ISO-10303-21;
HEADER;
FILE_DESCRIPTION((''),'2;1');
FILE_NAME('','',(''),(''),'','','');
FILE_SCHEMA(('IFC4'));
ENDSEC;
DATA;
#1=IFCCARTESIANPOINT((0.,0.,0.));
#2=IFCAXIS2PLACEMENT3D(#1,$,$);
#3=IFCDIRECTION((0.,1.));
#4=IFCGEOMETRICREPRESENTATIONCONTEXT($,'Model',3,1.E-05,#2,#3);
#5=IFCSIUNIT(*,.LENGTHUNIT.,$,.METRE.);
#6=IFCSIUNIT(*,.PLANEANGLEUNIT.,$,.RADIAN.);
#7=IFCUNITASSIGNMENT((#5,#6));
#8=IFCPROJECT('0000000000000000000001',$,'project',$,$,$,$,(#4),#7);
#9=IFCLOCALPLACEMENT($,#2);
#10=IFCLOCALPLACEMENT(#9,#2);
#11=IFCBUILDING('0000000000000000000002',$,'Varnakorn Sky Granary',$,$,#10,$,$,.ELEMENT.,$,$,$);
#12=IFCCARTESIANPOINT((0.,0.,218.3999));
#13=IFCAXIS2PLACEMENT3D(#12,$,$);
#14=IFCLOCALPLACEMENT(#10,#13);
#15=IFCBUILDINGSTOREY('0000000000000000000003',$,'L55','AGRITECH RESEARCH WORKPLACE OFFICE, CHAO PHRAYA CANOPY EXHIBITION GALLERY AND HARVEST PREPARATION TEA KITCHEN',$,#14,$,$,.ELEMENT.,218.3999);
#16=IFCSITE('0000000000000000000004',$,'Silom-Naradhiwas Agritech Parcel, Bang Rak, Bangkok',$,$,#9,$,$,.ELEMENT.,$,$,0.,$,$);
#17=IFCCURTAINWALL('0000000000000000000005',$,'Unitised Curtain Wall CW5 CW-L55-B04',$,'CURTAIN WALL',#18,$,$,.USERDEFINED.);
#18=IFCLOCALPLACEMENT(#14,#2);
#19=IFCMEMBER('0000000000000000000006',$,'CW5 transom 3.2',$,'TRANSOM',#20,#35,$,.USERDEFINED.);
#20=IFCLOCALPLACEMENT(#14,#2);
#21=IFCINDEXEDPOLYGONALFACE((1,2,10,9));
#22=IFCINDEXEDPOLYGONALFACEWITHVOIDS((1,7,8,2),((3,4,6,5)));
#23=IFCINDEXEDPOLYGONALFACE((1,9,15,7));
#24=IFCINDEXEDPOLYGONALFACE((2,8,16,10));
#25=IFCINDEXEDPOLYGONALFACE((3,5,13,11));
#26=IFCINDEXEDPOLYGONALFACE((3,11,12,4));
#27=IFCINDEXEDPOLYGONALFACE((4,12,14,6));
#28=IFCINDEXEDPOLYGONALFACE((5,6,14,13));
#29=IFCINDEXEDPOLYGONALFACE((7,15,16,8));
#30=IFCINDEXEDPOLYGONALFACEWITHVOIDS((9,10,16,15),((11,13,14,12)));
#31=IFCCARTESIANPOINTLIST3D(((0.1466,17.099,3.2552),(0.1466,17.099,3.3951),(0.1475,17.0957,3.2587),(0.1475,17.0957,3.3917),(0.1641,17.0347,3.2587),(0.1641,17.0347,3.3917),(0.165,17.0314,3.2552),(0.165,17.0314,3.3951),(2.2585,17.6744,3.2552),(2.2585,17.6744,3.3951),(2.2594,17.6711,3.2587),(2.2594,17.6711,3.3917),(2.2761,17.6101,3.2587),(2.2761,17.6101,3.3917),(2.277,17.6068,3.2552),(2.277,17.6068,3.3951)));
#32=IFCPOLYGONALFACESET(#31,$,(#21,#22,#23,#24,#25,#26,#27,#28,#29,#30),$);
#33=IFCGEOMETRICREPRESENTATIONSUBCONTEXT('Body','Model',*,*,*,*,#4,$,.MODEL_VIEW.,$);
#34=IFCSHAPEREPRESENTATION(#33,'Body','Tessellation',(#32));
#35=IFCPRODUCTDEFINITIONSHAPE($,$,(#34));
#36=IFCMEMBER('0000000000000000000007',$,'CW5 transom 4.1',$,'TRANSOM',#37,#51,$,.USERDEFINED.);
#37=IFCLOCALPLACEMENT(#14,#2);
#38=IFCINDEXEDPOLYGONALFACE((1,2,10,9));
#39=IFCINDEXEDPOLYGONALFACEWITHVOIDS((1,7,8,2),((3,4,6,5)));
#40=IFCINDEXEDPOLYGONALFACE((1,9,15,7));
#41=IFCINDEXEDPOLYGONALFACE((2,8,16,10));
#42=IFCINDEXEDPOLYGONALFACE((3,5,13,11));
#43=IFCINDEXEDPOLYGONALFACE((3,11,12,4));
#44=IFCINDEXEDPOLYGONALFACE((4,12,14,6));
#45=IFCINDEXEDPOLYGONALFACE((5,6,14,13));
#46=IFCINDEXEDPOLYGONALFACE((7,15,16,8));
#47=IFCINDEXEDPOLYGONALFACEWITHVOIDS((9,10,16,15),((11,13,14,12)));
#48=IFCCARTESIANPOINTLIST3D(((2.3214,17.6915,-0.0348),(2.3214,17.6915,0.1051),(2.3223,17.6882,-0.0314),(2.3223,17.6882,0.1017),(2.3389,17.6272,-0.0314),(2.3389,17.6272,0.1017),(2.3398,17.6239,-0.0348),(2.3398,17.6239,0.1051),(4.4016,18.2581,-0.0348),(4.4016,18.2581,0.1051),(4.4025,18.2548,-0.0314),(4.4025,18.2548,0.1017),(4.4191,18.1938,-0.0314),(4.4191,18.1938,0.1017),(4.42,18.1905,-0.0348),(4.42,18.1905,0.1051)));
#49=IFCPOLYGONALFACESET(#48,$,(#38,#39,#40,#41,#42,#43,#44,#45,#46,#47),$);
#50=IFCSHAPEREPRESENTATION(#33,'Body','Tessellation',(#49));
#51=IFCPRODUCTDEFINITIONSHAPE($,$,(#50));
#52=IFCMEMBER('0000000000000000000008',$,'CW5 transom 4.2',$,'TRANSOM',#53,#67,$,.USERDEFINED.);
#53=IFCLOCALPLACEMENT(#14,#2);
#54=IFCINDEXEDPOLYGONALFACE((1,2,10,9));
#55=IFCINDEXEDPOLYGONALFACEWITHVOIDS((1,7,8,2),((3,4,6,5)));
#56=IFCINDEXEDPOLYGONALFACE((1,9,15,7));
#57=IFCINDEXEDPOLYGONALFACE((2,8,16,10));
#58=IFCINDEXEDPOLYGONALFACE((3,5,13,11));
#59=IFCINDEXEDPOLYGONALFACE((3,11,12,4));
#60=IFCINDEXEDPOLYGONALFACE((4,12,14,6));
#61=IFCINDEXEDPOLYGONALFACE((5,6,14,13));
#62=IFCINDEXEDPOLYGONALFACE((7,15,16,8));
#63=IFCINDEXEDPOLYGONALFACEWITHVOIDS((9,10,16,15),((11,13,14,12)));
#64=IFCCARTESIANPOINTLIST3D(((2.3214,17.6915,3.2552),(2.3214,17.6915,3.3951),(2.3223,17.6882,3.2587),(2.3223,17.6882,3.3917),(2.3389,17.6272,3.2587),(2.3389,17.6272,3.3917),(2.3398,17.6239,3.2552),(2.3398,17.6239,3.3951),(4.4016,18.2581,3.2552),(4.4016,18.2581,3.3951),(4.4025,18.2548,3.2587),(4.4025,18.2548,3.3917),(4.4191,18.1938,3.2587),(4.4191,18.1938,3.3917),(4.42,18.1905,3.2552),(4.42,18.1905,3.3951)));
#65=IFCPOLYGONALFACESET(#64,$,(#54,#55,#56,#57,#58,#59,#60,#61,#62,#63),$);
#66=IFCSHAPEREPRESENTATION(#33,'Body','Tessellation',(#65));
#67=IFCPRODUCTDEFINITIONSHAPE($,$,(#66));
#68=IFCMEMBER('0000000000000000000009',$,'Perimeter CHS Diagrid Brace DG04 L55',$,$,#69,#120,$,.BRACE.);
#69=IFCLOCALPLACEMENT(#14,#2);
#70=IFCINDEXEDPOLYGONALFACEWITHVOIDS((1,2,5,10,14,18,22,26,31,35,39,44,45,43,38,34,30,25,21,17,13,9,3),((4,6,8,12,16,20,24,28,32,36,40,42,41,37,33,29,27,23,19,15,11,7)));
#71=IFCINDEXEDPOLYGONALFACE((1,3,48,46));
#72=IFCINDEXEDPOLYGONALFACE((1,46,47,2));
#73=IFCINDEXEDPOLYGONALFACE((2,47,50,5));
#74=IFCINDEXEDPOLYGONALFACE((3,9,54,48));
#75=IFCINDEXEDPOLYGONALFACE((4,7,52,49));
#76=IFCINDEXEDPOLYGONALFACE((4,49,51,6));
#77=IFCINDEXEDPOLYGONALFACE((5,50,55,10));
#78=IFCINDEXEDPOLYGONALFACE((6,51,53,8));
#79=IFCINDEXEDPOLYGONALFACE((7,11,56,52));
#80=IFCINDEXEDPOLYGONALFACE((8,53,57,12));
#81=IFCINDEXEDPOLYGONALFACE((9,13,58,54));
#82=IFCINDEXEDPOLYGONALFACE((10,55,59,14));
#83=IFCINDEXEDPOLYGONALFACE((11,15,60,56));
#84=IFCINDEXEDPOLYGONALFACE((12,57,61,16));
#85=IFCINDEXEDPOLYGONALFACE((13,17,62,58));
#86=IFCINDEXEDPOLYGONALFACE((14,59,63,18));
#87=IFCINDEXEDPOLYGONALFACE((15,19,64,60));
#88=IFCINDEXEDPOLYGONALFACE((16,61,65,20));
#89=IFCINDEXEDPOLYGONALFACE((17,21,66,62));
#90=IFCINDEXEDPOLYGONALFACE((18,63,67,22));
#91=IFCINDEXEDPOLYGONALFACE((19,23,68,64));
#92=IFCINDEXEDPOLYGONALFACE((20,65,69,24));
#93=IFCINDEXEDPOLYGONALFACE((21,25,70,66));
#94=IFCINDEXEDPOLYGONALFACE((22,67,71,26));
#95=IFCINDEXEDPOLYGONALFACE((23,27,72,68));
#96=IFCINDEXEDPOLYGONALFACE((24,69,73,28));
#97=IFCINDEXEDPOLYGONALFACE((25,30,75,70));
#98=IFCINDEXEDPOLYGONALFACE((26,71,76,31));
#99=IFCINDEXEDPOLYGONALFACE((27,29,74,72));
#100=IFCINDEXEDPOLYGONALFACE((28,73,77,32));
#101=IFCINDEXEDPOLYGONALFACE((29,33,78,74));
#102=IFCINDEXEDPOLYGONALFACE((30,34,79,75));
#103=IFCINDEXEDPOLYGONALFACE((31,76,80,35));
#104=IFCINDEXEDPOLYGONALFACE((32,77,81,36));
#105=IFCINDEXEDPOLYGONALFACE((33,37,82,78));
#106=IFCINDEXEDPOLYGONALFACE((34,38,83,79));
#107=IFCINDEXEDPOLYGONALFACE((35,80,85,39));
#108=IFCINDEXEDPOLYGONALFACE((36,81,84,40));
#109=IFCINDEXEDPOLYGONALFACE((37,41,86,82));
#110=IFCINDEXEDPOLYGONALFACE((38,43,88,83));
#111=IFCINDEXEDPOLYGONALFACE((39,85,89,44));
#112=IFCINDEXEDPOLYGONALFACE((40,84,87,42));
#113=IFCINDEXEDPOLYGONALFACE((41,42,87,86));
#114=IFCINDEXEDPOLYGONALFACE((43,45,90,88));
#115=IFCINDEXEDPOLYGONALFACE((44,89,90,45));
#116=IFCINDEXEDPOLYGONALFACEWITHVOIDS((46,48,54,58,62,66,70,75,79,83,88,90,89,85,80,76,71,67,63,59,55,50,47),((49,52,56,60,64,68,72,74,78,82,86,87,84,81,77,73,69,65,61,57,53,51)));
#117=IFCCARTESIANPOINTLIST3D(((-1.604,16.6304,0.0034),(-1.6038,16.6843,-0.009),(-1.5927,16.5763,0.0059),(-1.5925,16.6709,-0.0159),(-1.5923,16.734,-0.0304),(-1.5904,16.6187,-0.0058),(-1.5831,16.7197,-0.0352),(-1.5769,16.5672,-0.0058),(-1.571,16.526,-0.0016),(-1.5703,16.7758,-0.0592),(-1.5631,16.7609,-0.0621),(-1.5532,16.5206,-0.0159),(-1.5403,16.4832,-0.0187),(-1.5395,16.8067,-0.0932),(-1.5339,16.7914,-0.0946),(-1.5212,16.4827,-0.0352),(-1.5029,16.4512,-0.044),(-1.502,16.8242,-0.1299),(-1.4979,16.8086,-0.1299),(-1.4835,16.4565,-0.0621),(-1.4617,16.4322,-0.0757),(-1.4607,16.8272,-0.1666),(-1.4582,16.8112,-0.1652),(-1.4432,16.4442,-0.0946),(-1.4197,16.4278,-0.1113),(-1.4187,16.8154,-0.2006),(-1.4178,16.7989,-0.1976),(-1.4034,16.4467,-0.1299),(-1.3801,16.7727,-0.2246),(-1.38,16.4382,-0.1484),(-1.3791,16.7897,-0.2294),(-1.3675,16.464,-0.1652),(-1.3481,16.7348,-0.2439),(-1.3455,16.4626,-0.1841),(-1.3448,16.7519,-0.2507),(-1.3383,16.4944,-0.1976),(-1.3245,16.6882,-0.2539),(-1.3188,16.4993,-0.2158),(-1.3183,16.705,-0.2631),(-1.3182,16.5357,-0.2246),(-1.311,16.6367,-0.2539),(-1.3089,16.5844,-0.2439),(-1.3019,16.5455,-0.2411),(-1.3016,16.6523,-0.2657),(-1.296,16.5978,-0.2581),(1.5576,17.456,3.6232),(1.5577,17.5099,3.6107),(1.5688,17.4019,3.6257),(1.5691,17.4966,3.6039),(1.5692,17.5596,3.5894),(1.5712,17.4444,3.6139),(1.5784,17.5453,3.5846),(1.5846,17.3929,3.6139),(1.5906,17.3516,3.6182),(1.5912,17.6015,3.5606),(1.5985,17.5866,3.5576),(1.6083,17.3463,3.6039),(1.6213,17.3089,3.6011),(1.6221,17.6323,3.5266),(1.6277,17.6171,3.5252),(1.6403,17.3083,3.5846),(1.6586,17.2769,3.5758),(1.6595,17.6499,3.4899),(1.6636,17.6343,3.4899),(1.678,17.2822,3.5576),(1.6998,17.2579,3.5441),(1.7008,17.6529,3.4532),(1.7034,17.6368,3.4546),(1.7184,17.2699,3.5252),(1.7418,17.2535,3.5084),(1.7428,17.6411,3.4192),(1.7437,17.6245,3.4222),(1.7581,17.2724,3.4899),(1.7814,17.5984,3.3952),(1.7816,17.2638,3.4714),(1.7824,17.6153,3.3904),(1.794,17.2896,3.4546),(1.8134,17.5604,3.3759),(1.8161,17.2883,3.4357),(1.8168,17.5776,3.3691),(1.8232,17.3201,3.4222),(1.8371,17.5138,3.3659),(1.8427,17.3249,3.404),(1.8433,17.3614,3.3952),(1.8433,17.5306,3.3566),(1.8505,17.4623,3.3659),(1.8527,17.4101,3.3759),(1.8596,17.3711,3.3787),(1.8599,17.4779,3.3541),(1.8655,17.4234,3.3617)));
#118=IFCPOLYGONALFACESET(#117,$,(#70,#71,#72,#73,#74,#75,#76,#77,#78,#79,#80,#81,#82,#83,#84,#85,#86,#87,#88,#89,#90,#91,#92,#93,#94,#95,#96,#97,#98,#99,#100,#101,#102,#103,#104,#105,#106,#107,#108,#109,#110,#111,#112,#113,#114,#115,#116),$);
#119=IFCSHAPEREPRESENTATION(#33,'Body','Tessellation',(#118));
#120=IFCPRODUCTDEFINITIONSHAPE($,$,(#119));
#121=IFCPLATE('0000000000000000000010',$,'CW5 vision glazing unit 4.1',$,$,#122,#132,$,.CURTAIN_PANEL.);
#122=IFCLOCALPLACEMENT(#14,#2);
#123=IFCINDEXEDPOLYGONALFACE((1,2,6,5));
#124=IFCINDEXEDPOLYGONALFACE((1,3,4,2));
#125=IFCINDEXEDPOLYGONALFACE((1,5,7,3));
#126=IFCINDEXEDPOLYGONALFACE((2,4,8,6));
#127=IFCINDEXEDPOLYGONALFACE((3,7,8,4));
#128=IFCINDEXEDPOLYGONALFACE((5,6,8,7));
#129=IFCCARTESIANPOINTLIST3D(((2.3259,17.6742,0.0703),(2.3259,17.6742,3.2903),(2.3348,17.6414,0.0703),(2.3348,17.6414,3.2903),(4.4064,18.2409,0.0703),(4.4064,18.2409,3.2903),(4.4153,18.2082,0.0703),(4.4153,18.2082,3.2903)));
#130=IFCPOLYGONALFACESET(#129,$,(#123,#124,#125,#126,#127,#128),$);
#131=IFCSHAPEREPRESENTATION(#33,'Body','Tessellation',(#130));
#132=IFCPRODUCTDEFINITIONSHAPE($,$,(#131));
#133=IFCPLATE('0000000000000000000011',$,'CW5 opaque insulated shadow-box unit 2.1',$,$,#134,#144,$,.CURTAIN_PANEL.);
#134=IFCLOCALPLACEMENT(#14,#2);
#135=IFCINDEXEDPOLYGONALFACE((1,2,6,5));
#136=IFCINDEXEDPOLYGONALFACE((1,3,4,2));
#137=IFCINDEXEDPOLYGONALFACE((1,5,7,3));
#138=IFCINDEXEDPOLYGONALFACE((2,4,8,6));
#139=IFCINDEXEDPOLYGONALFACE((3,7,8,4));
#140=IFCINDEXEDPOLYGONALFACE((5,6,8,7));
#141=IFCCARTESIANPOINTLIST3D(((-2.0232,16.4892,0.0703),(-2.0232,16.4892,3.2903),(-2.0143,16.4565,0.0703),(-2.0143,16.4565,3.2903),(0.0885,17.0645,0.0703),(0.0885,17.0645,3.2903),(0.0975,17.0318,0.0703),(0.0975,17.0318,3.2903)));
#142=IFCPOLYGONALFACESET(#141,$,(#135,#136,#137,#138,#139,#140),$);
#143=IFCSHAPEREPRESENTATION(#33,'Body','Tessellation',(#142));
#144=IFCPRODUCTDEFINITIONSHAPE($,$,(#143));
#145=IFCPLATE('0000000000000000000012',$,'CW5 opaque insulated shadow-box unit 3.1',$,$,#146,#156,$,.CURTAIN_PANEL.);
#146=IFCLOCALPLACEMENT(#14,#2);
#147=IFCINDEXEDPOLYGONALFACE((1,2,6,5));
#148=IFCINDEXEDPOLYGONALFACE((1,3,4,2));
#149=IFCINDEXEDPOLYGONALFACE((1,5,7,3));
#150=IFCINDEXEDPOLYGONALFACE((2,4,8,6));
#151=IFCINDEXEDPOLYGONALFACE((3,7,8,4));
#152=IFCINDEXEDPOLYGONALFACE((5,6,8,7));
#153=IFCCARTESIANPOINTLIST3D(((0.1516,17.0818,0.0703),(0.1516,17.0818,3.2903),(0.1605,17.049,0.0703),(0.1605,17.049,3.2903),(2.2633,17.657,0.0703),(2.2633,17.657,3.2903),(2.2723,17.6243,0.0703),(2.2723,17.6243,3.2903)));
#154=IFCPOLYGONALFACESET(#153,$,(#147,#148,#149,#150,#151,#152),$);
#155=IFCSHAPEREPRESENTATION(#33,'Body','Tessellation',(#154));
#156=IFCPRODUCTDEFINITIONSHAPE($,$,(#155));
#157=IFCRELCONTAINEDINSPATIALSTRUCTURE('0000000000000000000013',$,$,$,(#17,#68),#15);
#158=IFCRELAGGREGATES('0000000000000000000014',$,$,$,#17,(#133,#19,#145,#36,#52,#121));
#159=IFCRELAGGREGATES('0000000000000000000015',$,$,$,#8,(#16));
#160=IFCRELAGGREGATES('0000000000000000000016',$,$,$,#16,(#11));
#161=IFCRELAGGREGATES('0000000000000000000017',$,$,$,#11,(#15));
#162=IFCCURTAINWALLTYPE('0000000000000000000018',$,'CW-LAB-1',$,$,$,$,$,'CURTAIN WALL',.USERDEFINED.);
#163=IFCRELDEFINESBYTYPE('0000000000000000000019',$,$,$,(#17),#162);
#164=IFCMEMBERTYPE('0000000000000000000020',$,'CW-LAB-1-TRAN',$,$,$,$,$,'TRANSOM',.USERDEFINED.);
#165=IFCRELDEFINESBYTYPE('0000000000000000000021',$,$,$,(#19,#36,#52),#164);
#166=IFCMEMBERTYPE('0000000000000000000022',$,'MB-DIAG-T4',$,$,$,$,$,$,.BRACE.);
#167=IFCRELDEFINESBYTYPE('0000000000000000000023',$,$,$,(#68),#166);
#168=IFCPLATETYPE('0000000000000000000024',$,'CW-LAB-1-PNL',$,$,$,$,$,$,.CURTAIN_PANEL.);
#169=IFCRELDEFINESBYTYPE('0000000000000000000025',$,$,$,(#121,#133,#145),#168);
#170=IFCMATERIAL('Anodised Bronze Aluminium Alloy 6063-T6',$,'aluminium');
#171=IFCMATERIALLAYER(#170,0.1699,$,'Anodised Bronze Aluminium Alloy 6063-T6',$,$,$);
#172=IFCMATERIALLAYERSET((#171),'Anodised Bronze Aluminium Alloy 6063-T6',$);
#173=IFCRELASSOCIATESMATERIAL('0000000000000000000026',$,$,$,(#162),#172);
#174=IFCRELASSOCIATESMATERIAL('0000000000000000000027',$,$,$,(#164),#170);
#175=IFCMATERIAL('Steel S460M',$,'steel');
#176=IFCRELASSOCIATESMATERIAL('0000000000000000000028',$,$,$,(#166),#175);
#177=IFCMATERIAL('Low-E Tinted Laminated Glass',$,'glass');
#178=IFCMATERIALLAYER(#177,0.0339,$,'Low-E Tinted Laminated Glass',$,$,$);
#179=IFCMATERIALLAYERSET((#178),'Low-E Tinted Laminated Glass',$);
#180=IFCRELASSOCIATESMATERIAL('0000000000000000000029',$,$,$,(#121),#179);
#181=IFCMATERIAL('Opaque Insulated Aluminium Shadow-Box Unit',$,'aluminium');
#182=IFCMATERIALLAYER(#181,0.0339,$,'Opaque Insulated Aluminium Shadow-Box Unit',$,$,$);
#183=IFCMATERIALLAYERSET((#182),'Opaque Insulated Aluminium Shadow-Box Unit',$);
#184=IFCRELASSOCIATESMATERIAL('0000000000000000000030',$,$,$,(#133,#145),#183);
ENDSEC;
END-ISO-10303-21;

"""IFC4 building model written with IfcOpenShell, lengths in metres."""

from ifc_helpers import new_model, si_unit, direction, frame, origin, origin_2d, place, context, subcontext, project, spatial, rectangle, hollow_rectangle, hollow_circle, extrude, source, transform, mapped, material, layer, layer_set, material_profile, profile_set, type_object, type_shapes, element, aggregate, save


model = new_model("IFC4")

# Units and contexts
model_context = context("Model", 3, precision=1e-05, world=origin(), true_north=direction((0.0, 1.0)))
body_context = subcontext(model_context, "Body", "Model", "MODEL_VIEW")
ifc_project = project(units=[si_unit("LENGTHUNIT", "METRE"), si_unit("PLANEANGLEUNIT", "RADIAN")], contexts=[model_context])

# Site, building, storey
site_placement = place(None, origin())
site = spatial("IfcSite", under=ifc_project, at=site_placement, Name="Silom-Naradhiwas Agritech Parcel, Bang Rak, Bangkok", CompositionType="ELEMENT", RefElevation=0.0)
building_placement = place(site_placement, origin())
building = spatial("IfcBuilding", under=site, at=building_placement, Name="Varnakorn Sky Granary", CompositionType="ELEMENT")
storey_placement = place(building_placement, frame((0.0, 0.0, 218.3999)))
storey = spatial("IfcBuildingStorey", under=building, at=storey_placement, Name="L55", Description="AGRITECH RESEARCH WORKPLACE OFFICE, CHAO PHRAYA CANOPY EXHIBITION GALLERY AND HARVEST PREPARATION TEA KITCHEN", CompositionType="ELEMENT", Elevation=218.3999)

# Curtain wall, members
ifc_material_1 = material(Name="Anodised Bronze Aluminium Alloy 6063-T6", Category="aluminium")
ifc_layer_1 = layer(ifc_material_1, 0.1699, Name="Anodised Bronze Aluminium Alloy 6063-T6")
ifc_layer_set_1 = layer_set([ifc_layer_1], Name="Anodised Bronze Aluminium Alloy 6063-T6")
curtain_wall_type = type_object("IfcCurtainWallType", Name="CW-LAB-1", ElementType="CURTAIN WALL", PredefinedType="USERDEFINED", material=ifc_layer_set_1)
curtain_wall_placement = place(storey_placement, origin())
curtain_wall = element("IfcCurtainWall", 1, at=curtain_wall_placement, inside=storey, type_object=curtain_wall_type, Name="Unitised Curtain Wall CW5 CW-L55-B04", ObjectType="CURTAIN WALL", PredefinedType="USERDEFINED")
ifc_material_profile_1 = material_profile(ifc_material_1, hollow_rectangle(XDim=0.0701, YDim=0.1399, WallThickness=0.0034, at=origin_2d()), Name="ALU TRAN 70x140")
ifc_profile_set_1 = profile_set([ifc_material_profile_1], Name="Anodised Bronze Aluminium Alloy 6063-T6")
member_type_1 = type_object("IfcMemberType", Name="CW-LAB-1-TRAN", ElementType="TRANSOM", PredefinedType="USERDEFINED", material=ifc_profile_set_1)
member_1_placement = place(storey_placement, frame((0.1558, 17.0652, 3.3252), z_axis=(0.964831, 0.262872, 0.0), x_axis=(-0.262872, 0.964831, 0.0)))
member_1 = element("IfcMember", 2, at=member_1_placement, type_object=member_type_1, Name="CW5 transom 3.2", ObjectType="TRANSOM", PredefinedType="USERDEFINED", context=body_context, shape_type="SweptSolid", body=[
    extrude(hollow_rectangle(XDim=0.0701, YDim=0.1399, WallThickness=0.0034, at=origin_2d()), origin(), (0.0, 0.0, 1.0), 2.189),
])
member_2_placement = place(storey_placement, frame((2.3306, 17.6577, 0.0352), z_axis=(0.964847, 0.262811, 0.0), x_axis=(-0.262811, 0.964847, 0.0)))
member_2 = element("IfcMember", 3, at=member_2_placement, type_object=member_type_1, Name="CW5 transom 4.1", ObjectType="TRANSOM", PredefinedType="USERDEFINED", context=body_context, shape_type="SweptSolid", body=[
    extrude(hollow_rectangle(XDim=0.0701, YDim=0.1399, WallThickness=0.0034, at=origin_2d()), origin(), (0.0, 0.0, 1.0), 2.156),
])
member_3_placement = place(storey_placement, frame((2.3306, 17.6577, 3.3252), z_axis=(0.964847, 0.262811, 0.0), x_axis=(-0.262811, 0.964847, 0.0)))
member_3 = element("IfcMember", 4, at=member_3_placement, type_object=member_type_1, Name="CW5 transom 4.2", ObjectType="TRANSOM", PredefinedType="USERDEFINED", context=body_context, shape_type="SweptSolid", body=[
    extrude(hollow_rectangle(XDim=0.0701, YDim=0.1399, WallThickness=0.0034, at=origin_2d()), origin(), (0.0, 0.0, 1.0), 2.156),
])

# Member
ifc_material_2 = material(Name="Steel S460M", Category="steel")
ifc_material_profile_2 = material_profile(ifc_material_2, hollow_circle(Radius=0.2031, WallThickness=0.0161, at=origin_2d()), Name="CHS 406.4x16")
ifc_profile_set_2 = profile_set([ifc_material_profile_2], Name="Steel S460M")
member_type_2 = type_object("IfcMemberType", Name="MB-DIAG-T4", PredefinedType="BRACE", material=ifc_profile_set_2)
member_4_placement = place(storey_placement, frame((-1.4507, 16.6277, -0.1299), z_axis=(0.648327, 0.169316, 0.742297), x_axis=(-0.252683, 0.967549, 0.0)))
element("IfcMember", 5, at=member_4_placement, inside=storey, type_object=member_type_2, Name="Perimeter CHS Diagrid Brace DG04 L55", PredefinedType="BRACE", context=body_context, shape_type="SweptSolid", body=[
    extrude(hollow_circle(Radius=0.2031, WallThickness=0.0161, at=origin_2d()), origin(), (0.0, 0.0, 1.0), 4.8765),
])

# Plates
ifc_material_3 = material(Name="Low-E Tinted Laminated Glass", Category="glass")
ifc_layer_2 = layer(ifc_material_3, 0.0339, Name="Low-E Tinted Laminated Glass")
ifc_layer_set_2 = layer_set([ifc_layer_2], Name="Low-E Tinted Laminated Glass")
plate_type = type_object("IfcPlateType", Name="CW-LAB-1-PNL", PredefinedType="CURTAIN_PANEL")
shared_shape_1 = source(origin(), body_context, "Body", "SweptSolid", [
    extrude(rectangle(XDim=2.1562, YDim=0.0339, at=origin_2d()), origin(), (0.0, 0.0, 1.0), 3.22),
])
plate_1_placement = place(storey_placement, frame((3.3706, 17.9412, 0.0703), z_axis=(0.0, 0.0, 1.0), x_axis=(0.964842, 0.262829, 0.0)))
plate_1 = element("IfcPlate", 6, at=plate_1_placement, type_object=plate_type, material=ifc_layer_set_2, Name="CW5 vision glazing unit 4.1", PredefinedType="CURTAIN_PANEL", context=body_context, shape_type="MappedRepresentation", body=[
    mapped(shared_shape_1, transform((0.0, 0.0, 0.0), x_axis=(1.0, 0.0, 0.0), y_axis=(0.0, 1.0, 0.0), z_axis=(0.0, 0.0, 1.0), scale=1.0)),
])
ifc_material_4 = material(Name="Opaque Insulated Aluminium Shadow-Box Unit", Category="aluminium")
ifc_layer_3 = layer(ifc_material_4, 0.0339, Name="Opaque Insulated Aluminium Shadow-Box Unit")
ifc_layer_set_3 = layer_set([ifc_layer_3], Name="Opaque Insulated Aluminium Shadow-Box Unit")
shared_shape_2 = source(origin(), body_context, "Body", "SweptSolid", [
    extrude(rectangle(XDim=2.1887, YDim=0.0339, at=origin_2d()), origin(), (0.0, 0.0, 1.0), 3.22),
])
type_shapes(plate_type, [shared_shape_1, shared_shape_2])
plate_2_placement = place(storey_placement, frame((-0.9629, 16.7605, 0.0703), z_axis=(0.0, 0.0, 1.0), x_axis=(0.964842, 0.262829, 0.0)))
plate_2 = element("IfcPlate", 7, at=plate_2_placement, type_object=plate_type, material=ifc_layer_set_3, Name="CW5 opaque insulated shadow-box unit 2.1", PredefinedType="CURTAIN_PANEL", context=body_context, shape_type="MappedRepresentation", body=[
    mapped(shared_shape_2, transform((0.0, 0.0, 0.0), x_axis=(1.0, 0.0, 0.0), y_axis=(0.0, 1.0, 0.0), z_axis=(0.0, 0.0, 1.0), scale=1.0)),
])
plate_3_placement = place(storey_placement, frame((1.2119, 17.353, 0.0703), z_axis=(0.0, 0.0, 1.0), x_axis=(0.964842, 0.262829, 0.0)))
plate_3 = element("IfcPlate", 8, at=plate_3_placement, type_object=plate_type, material=ifc_layer_set_3, Name="CW5 opaque insulated shadow-box unit 3.1", PredefinedType="CURTAIN_PANEL", context=body_context, shape_type="MappedRepresentation", body=[
    mapped(shared_shape_2, transform((0.0, 0.0, 0.0), x_axis=(1.0, 0.0, 0.0), y_axis=(0.0, 1.0, 0.0), z_axis=(0.0, 0.0, 1.0), scale=1.0)),
])
aggregate(curtain_wall, [plate_2, member_1, plate_3, member_2, member_3, plate_1])

save(model, "model.ifc")
